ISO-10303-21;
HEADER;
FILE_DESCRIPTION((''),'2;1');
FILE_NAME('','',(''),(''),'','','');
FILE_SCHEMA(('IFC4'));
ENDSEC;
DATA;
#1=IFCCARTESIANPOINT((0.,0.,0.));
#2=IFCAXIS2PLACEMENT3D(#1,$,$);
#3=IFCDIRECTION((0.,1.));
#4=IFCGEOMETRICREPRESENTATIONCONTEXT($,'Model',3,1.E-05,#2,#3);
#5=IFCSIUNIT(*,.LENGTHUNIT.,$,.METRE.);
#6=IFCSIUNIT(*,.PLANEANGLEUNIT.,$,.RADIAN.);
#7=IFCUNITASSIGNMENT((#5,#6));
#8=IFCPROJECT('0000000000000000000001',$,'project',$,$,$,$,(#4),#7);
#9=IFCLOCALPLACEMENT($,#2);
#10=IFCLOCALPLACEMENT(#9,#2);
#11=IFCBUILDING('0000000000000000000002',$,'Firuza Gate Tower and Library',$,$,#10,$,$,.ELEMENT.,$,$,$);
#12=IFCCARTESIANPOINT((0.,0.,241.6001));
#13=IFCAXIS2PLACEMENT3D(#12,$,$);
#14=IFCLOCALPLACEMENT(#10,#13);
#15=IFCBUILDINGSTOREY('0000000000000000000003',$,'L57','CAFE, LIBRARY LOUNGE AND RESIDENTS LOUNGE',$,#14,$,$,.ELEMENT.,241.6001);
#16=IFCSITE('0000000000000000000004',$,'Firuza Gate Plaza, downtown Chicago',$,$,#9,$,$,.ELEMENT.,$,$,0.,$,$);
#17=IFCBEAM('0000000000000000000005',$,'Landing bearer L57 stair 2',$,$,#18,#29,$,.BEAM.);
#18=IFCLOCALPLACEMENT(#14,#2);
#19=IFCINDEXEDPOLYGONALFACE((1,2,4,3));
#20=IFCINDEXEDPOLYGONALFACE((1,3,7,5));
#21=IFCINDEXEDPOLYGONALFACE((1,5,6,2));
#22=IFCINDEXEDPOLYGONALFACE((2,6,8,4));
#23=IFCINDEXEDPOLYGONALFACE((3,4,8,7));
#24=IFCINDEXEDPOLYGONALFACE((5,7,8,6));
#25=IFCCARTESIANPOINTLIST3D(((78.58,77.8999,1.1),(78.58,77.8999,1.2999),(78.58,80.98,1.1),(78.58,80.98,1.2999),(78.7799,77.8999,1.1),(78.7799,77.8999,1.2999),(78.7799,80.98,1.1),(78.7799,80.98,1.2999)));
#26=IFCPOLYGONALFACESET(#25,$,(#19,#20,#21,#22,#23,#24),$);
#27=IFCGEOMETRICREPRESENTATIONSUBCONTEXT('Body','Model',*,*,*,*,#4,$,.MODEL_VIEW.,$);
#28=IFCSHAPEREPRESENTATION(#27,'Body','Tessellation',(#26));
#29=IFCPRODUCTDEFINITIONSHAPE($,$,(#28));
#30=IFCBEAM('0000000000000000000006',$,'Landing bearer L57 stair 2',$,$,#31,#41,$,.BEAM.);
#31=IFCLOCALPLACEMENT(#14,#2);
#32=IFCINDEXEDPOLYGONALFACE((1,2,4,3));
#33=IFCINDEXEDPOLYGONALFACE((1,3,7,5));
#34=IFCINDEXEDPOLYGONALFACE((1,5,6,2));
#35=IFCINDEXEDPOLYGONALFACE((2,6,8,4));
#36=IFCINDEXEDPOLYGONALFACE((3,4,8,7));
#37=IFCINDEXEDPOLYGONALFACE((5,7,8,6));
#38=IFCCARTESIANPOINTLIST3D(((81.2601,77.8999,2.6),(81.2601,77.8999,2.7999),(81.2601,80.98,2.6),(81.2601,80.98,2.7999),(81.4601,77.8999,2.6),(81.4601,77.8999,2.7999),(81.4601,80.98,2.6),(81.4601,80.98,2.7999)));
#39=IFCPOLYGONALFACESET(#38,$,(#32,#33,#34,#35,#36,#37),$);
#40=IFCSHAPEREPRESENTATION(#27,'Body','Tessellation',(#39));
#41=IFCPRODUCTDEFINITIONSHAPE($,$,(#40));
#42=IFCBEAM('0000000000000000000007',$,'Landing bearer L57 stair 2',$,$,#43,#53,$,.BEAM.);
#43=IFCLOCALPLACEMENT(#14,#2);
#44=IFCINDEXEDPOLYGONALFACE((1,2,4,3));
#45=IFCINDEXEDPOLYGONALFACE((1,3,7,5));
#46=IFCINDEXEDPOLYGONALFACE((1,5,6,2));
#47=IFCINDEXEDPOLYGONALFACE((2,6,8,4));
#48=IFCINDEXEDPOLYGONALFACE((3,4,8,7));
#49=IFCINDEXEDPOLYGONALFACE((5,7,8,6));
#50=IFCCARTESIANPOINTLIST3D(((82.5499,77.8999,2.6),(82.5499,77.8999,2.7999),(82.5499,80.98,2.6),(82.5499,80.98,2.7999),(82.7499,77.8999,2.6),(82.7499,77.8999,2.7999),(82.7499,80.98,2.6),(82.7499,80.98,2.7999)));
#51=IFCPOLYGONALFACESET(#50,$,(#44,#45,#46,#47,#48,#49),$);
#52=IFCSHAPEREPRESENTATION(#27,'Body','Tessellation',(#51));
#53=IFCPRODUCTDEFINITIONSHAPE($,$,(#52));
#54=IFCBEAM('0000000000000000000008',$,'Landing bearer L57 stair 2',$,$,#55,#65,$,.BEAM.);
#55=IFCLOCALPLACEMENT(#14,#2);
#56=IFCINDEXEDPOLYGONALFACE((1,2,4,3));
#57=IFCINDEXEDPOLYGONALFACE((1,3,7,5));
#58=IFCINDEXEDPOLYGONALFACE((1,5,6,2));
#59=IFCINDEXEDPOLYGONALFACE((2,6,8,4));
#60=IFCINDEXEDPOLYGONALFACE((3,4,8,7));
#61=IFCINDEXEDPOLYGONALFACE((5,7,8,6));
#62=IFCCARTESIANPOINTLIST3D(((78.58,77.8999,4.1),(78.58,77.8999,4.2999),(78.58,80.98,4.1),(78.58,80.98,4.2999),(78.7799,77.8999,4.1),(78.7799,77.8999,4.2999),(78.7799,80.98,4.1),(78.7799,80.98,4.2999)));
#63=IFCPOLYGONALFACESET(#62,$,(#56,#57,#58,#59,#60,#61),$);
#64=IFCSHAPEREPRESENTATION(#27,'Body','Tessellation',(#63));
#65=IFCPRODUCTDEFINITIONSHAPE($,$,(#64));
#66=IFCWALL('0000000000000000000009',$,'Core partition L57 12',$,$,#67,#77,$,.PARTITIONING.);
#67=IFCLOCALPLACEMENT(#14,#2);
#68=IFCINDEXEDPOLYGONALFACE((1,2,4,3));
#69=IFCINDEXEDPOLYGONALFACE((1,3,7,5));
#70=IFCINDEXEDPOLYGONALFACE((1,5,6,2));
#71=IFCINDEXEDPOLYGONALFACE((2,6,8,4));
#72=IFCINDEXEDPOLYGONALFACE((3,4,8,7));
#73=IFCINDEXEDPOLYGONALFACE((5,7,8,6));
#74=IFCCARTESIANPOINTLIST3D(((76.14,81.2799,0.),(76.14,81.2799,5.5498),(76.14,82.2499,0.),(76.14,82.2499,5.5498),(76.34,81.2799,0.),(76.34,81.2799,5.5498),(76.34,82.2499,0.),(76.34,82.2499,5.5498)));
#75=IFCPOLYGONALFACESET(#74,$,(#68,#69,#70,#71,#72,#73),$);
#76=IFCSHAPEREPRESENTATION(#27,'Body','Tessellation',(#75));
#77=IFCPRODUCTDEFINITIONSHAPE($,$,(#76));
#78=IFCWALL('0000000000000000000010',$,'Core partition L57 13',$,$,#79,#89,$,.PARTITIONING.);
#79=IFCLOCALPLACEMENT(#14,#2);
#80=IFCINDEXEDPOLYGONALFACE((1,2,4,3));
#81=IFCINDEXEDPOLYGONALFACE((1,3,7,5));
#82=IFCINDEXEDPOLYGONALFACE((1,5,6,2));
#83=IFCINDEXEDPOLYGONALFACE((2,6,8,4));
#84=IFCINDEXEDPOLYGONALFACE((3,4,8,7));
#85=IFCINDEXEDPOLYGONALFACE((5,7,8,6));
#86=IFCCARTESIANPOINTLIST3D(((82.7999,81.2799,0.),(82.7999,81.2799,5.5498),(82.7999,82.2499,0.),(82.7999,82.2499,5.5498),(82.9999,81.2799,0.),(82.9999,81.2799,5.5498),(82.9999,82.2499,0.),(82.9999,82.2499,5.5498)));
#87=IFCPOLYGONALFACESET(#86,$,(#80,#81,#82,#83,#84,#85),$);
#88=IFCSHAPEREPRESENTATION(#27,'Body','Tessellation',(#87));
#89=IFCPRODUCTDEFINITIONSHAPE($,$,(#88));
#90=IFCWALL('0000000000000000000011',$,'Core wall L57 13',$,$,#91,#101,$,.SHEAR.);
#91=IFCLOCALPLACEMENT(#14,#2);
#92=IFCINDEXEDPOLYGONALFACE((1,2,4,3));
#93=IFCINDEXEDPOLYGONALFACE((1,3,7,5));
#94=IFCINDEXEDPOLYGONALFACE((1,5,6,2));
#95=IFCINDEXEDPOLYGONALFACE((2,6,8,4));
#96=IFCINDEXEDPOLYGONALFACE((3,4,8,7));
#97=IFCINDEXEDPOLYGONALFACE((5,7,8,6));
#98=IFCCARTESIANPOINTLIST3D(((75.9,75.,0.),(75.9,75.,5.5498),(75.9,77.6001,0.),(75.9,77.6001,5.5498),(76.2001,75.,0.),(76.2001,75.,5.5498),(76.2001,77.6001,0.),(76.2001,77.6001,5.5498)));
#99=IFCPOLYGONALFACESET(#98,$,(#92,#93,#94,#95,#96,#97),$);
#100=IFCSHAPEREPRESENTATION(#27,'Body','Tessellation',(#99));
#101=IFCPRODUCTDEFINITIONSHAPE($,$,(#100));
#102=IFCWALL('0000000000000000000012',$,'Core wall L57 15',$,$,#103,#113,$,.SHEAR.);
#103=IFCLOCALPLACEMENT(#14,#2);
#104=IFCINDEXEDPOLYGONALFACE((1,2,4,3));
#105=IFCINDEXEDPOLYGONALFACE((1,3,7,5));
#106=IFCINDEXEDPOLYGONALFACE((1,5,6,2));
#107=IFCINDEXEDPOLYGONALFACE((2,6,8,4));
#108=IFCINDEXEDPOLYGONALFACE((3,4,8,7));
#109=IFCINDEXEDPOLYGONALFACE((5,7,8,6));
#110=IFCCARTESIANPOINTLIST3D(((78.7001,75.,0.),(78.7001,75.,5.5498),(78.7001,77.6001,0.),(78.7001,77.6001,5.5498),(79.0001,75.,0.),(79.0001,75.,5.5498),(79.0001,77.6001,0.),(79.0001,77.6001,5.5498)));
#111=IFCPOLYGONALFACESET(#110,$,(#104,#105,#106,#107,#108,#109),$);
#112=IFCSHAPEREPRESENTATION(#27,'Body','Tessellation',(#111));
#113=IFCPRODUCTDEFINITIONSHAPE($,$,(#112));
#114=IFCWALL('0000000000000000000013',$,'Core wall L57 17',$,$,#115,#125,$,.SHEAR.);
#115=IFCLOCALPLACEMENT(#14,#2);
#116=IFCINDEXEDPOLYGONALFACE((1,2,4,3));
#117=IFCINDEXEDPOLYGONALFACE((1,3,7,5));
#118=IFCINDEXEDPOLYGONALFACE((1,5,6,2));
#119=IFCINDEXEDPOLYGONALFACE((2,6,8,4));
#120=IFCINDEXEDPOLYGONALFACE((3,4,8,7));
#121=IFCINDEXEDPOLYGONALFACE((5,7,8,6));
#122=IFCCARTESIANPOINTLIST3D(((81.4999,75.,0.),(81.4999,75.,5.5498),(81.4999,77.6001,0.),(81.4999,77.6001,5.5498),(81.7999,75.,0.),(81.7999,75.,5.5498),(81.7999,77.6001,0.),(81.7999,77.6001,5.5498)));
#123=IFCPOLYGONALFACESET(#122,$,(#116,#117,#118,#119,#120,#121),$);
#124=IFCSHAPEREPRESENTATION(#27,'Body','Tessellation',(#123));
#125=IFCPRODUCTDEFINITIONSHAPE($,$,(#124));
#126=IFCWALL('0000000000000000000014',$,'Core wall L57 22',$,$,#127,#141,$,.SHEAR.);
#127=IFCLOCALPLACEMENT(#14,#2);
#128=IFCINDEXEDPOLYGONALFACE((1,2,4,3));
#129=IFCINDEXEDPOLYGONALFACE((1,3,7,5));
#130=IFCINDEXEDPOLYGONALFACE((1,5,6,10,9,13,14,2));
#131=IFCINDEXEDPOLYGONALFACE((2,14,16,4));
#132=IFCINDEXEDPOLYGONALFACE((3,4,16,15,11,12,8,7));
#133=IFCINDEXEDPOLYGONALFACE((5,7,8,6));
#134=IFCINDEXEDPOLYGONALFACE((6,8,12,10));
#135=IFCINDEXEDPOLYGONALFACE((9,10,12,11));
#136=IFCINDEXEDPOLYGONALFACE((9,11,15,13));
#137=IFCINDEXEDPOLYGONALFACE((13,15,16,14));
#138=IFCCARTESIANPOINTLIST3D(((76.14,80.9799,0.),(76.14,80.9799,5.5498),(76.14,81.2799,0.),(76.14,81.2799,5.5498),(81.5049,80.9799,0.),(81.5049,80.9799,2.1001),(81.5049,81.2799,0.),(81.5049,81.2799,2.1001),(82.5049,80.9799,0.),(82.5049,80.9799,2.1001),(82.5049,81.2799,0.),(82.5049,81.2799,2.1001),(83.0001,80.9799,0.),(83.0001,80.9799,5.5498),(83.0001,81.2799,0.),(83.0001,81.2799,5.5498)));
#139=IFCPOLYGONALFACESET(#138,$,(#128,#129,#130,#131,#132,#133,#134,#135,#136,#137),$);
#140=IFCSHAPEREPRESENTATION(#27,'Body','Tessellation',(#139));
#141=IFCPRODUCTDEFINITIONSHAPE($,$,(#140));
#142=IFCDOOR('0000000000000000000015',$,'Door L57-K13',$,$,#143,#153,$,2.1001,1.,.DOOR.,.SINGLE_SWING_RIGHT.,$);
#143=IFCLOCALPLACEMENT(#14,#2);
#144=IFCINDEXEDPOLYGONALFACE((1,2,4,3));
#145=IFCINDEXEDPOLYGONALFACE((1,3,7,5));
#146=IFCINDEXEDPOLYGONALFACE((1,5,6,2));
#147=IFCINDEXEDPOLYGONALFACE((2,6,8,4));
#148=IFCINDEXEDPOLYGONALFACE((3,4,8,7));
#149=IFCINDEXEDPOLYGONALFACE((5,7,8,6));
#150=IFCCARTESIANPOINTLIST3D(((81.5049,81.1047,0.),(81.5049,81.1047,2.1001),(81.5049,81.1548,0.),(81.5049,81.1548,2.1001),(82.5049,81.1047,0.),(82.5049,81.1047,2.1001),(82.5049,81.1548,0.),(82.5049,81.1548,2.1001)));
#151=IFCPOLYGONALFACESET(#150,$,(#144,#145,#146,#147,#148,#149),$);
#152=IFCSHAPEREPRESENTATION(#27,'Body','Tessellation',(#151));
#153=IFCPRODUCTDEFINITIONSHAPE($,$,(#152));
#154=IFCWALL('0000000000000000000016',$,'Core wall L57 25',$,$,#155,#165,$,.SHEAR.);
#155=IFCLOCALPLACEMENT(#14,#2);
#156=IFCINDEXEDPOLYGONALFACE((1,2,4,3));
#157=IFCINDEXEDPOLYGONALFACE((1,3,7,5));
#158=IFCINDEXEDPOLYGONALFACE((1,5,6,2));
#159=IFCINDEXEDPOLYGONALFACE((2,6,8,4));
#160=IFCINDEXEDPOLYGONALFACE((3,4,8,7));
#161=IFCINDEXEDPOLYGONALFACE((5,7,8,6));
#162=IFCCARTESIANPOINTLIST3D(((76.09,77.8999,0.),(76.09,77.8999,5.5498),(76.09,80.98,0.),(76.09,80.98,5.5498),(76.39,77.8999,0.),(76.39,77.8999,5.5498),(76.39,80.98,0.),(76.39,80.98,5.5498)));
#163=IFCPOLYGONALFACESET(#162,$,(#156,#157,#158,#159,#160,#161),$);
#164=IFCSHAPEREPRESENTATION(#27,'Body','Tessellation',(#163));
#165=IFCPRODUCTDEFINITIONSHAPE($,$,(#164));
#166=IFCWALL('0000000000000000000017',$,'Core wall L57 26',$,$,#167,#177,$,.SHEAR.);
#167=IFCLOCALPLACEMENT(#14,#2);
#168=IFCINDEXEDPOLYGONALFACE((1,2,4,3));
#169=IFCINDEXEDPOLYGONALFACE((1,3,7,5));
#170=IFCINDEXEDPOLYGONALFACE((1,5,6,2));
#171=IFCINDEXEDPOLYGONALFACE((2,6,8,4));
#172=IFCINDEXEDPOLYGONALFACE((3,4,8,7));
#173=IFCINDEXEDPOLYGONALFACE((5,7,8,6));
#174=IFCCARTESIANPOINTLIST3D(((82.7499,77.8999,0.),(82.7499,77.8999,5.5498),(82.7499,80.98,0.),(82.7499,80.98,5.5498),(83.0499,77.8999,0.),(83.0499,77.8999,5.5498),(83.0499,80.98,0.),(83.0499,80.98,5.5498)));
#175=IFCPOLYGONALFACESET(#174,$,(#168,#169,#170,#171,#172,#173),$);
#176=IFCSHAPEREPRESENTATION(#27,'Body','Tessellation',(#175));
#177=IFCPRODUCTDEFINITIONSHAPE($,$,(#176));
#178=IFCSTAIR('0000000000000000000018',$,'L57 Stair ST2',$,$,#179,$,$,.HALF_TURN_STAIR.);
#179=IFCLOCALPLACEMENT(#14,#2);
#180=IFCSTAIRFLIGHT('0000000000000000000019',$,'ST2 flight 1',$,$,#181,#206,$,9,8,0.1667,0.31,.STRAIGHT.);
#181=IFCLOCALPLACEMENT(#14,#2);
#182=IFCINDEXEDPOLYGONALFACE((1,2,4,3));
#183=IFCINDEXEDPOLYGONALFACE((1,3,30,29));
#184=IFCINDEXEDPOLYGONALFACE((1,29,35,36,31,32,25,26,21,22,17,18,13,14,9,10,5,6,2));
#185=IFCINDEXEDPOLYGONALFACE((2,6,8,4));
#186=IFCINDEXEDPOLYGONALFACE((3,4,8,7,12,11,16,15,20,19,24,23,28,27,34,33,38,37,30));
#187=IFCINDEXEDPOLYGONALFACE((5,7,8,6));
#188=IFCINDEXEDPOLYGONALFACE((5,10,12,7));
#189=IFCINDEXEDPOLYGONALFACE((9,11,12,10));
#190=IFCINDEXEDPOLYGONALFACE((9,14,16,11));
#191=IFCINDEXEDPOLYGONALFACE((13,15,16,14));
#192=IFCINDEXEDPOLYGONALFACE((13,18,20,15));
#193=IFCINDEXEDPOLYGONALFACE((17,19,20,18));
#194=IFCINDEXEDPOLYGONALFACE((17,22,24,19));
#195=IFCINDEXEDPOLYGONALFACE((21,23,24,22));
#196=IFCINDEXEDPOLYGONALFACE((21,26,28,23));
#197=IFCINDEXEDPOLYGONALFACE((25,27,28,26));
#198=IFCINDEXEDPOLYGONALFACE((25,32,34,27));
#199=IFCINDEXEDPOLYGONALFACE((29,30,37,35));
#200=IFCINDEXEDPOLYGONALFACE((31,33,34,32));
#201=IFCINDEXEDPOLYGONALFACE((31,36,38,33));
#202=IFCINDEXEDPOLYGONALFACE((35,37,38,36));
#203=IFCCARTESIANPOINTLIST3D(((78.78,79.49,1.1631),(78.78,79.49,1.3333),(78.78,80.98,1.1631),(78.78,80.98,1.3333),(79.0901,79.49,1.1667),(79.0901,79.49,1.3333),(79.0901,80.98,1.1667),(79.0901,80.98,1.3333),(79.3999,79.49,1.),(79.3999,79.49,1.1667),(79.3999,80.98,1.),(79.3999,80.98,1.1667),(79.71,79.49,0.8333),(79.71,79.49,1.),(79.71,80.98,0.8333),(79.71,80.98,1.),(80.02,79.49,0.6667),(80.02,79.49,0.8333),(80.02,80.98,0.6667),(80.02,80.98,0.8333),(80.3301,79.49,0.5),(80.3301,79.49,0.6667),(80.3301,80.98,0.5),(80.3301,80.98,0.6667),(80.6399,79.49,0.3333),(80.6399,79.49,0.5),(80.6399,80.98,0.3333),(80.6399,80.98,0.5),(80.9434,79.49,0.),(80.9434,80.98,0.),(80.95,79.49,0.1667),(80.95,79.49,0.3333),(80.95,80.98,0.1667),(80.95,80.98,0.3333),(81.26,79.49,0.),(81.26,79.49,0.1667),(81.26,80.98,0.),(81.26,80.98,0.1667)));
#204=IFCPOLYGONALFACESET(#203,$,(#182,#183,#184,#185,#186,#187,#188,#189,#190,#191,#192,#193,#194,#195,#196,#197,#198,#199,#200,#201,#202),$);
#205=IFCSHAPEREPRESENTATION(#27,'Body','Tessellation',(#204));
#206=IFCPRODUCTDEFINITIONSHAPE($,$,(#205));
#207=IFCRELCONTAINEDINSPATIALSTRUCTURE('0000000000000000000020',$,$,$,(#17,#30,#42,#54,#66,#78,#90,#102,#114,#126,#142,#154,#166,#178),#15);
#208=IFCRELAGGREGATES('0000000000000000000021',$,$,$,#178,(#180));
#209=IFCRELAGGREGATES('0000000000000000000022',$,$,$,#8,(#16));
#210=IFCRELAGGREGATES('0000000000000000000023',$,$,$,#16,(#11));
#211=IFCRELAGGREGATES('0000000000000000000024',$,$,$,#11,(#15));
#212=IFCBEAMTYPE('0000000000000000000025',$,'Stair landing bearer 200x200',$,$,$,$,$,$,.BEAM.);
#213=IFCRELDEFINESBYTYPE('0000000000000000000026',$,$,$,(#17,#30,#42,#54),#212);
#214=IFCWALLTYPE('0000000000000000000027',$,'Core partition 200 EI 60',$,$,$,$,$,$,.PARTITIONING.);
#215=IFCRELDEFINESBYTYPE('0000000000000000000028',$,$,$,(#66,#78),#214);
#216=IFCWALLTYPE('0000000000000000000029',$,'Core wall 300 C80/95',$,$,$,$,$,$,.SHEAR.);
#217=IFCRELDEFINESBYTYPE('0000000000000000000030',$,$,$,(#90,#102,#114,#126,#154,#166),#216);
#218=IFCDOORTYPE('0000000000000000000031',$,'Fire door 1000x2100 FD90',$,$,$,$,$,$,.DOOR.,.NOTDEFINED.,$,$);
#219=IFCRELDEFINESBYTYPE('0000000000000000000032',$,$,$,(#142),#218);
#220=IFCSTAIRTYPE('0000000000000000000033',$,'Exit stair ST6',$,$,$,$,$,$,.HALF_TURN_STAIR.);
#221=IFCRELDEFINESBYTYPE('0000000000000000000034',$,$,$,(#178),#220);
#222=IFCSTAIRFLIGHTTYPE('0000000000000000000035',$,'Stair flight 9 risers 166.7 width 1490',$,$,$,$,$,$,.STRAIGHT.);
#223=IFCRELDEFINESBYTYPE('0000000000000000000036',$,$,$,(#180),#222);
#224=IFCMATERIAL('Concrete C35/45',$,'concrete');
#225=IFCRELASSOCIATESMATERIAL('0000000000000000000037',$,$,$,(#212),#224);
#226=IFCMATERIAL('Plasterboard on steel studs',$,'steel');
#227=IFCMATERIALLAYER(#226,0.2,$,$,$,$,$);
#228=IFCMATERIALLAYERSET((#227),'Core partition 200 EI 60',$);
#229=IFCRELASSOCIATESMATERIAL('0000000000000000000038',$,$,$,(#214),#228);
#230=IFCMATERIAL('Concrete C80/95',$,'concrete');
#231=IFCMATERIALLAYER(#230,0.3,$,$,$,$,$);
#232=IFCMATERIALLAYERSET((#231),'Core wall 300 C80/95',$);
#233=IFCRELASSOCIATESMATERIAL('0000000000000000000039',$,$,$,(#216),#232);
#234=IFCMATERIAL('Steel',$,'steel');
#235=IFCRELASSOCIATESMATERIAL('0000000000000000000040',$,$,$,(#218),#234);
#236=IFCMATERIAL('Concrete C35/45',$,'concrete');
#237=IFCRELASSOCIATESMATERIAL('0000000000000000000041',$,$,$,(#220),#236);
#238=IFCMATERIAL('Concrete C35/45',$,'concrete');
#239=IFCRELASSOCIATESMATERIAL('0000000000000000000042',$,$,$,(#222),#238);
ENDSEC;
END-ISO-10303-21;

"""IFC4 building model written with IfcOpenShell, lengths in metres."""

from ifc_helpers import new_model, si_unit, direction, frame, frame_2d, origin, origin_2d, place, context, subcontext, project, spatial, polyline, rectangle, outline, extrude, material, layer, layer_set, material_profile, profile_set, type_object, element, fill, aggregate, save


model = new_model("IFC4")

# Units and contexts
model_context = context("Model", 3, precision=1e-05, world=origin(), true_north=direction((0.0, 1.0)))
body_context = subcontext(model_context, "Body", "Model", "MODEL_VIEW")
ifc_project = project(units=[si_unit("LENGTHUNIT", "METRE"), si_unit("PLANEANGLEUNIT", "RADIAN")], contexts=[model_context])

# Site, building, storey
site_placement = place(None, origin())
site = spatial("IfcSite", under=ifc_project, at=site_placement, Name="Firuza Gate Plaza, downtown Chicago", CompositionType="ELEMENT", RefElevation=0.0)
building_placement = place(site_placement, origin())
building = spatial("IfcBuilding", under=site, at=building_placement, Name="Firuza Gate Tower and Library", CompositionType="ELEMENT")
storey_placement = place(building_placement, frame((0.0, 0.0, 241.6001)))
storey = spatial("IfcBuildingStorey", under=building, at=storey_placement, Name="L57", Description="CAFE, LIBRARY LOUNGE AND RESIDENTS LOUNGE", CompositionType="ELEMENT", Elevation=241.6001)

# Beams
ifc_material_1 = material(Name="Concrete C35/45", Category="concrete")
ifc_material_profile = material_profile(ifc_material_1, rectangle(XDim=0.2, YDim=0.2, at=origin_2d()))
ifc_profile_set = profile_set([ifc_material_profile], Name="Concrete C35/45")
beam_type = type_object("IfcBeamType", Name="Stair landing bearer 200x200", PredefinedType="BEAM", material=ifc_profile_set)
for number, where, z_axis, x_axis, name in (
    (1, (78.6799, 80.98, 1.2), (0.0, -1.0, 0.0), (1.0, 0.0, 0.0), "Landing bearer L57 stair 2"),
    (2, (81.3601, 80.98, 2.7), (0.0, -1.0, 0.0), (1.0, 0.0, 0.0), "Landing bearer L57 stair 2"),
    (3, (82.6499, 80.98, 2.7), (0.0, -1.0, 0.0), (1.0, 0.0, 0.0), "Landing bearer L57 stair 2"),
    (4, (78.6799, 80.98, 4.2), (0.0, -1.0, 0.0), (1.0, 0.0, 0.0), "Landing bearer L57 stair 2"),
):
    element("IfcBeam", number, at=place(storey_placement, frame(where, z_axis=z_axis, x_axis=x_axis)), inside=storey, type_object=beam_type, Name=name, PredefinedType="BEAM", context=body_context, shape_type="SweptSolid", body=[
        extrude(rectangle(XDim=0.2, YDim=0.2, at=origin_2d()), origin(), (0.0, 0.0, 1.0), 3.0801),
    ])

# Walls
ifc_material_2 = material(Name="Plasterboard on steel studs", Category="steel")
ifc_layer_1 = layer(ifc_material_2, 0.2)
ifc_layer_set_1 = layer_set([ifc_layer_1], Name="Core partition 200 EI 60")
wall_type_1 = type_object("IfcWallType", Name="Core partition 200 EI 60", PredefinedType="PARTITIONING", material=ifc_layer_set_1)
for number, where, z_axis, x_axis, name in (
    (5, (76.24, 81.28, 0.0), (0.0, 0.0, 1.0), (0.0, 1.0, 0.0), "Core partition L57 12"),
    (6, (82.8999, 81.28, 0.0), (0.0, 0.0, 1.0), (0.0, 1.0, 0.0), "Core partition L57 13"),
):
    element("IfcWall", number, at=place(storey_placement, frame(where, z_axis=z_axis, x_axis=x_axis)), inside=storey, type_object=wall_type_1, Name=name, PredefinedType="PARTITIONING", context=body_context, shape_type="SweptSolid", body=[
        extrude(rectangle(XDim=0.97, YDim=0.2, at=frame_2d((0.4849, 0.0))), origin(), (0.0, 0.0, 1.0), 5.5498),
    ])
ifc_material_3 = material(Name="Concrete C80/95", Category="concrete")
ifc_layer_2 = layer(ifc_material_3, 0.3)
ifc_layer_set_2 = layer_set([ifc_layer_2], Name="Core wall 300 C80/95")
wall_type_2 = type_object("IfcWallType", Name="Core wall 300 C80/95", PredefinedType="SHEAR", material=ifc_layer_set_2)
for number, where, z_axis, x_axis, name in (
    (7, (76.05, 75.0, 0.0), (0.0, 0.0, 1.0), (0.0, 1.0, 0.0), "Core wall L57 13"),
    (8, (78.8501, 75.0, 0.0), (0.0, 0.0, 1.0), (0.0, 1.0, 0.0), "Core wall L57 15"),
    (9, (81.6499, 75.0, 0.0), (0.0, 0.0, 1.0), (0.0, 1.0, 0.0), "Core wall L57 17"),
):
    element("IfcWall", number, at=place(storey_placement, frame(where, z_axis=z_axis, x_axis=x_axis)), inside=storey, type_object=wall_type_2, Name=name, PredefinedType="SHEAR", context=body_context, shape_type="SweptSolid", body=[
        extrude(rectangle(XDim=2.6001, YDim=0.3, at=frame_2d((1.3, 0.0))), origin(), (0.0, 0.0, 1.0), 5.5498),
    ])

# Wall, opening, door
wall_placement = place(storey_placement, frame((76.1399, 81.1299, 0.0), z_axis=(0.0, 0.0, 1.0), x_axis=(1.0, 0.0, 0.0)))
wall = element("IfcWall", 10, at=wall_placement, inside=storey, type_object=wall_type_2, Name="Core wall L57 22", PredefinedType="SHEAR", context=body_context, shape_type="SweptSolid", body=[
    extrude(rectangle(XDim=6.8601, YDim=0.3, at=frame_2d((3.4302, 0.0))), origin(), (0.0, 0.0, 1.0), 5.5498),
])
opening_placement = place(wall_placement, frame((5.365, 0.0, 0.0)))
opening = element("IfcOpeningElement", 11, at=opening_placement, cuts=wall, PredefinedType="OPENING", context=body_context, shape_type="SweptSolid", body=[
    extrude(rectangle(XDim=1.0, YDim=2.1001, at=frame_2d((0.5, 1.05))), frame((0.0, 0.1602, 0.0), z_axis=(0.0, -1.0, 0.0), x_axis=(1.0, 0.0, 0.0)), (0.0, 0.0, 1.0), 0.3201),
])
ifc_material_4 = material(Name="Steel", Category="steel")
door_type = type_object("IfcDoorType", Name="Fire door 1000x2100 FD90", OperationType="NOTDEFINED", PredefinedType="DOOR", material=ifc_material_4)
door_placement = place(opening_placement, origin())
door = element("IfcDoor", 12, at=door_placement, inside=storey, type_object=door_type, Name="Door L57-K13", OperationType="SINGLE_SWING_RIGHT", OverallHeight=2.1001, OverallWidth=1.0, PredefinedType="DOOR", context=body_context, shape_type="SweptSolid", body=[
    extrude(rectangle(XDim=1.0, YDim=2.1001, at=frame_2d((0.5, 1.05))), frame((0.0, 0.0249, 0.0), z_axis=(0.0, -1.0, 0.0), x_axis=(1.0, 0.0, 0.0)), (0.0, 0.0, 1.0), 0.05),
])
fill(opening, door)

# Walls
for number, where, z_axis, x_axis, name in (
    (13, (76.24, 77.8999, 0.0), (0.0, 0.0, 1.0), (0.0, 1.0, 0.0), "Core wall L57 25"),
    (14, (82.8999, 77.8999, 0.0), (0.0, 0.0, 1.0), (0.0, 1.0, 0.0), "Core wall L57 26"),
):
    element("IfcWall", number, at=place(storey_placement, frame(where, z_axis=z_axis, x_axis=x_axis)), inside=storey, type_object=wall_type_2, Name=name, PredefinedType="SHEAR", context=body_context, shape_type="SweptSolid", body=[
        extrude(rectangle(XDim=3.0801, YDim=0.3, at=frame_2d((1.54, 0.0))), origin(), (0.0, 0.0, 1.0), 5.5498),
    ])

# Stair, stair flight
ifc_material_5 = material(Name="Concrete C35/45", Category="concrete")
stair_type = type_object("IfcStairType", Name="Exit stair ST6", PredefinedType="HALF_TURN_STAIR", material=ifc_material_5)
stair_placement = place(storey_placement, origin())
stair = element("IfcStair", 15, at=stair_placement, inside=storey, type_object=stair_type, Name="L57 Stair ST2", PredefinedType="HALF_TURN_STAIR")
ifc_material_6 = material(Name="Concrete C35/45", Category="concrete")
stair_flight_type = type_object("IfcStairFlightType", Name="Stair flight 9 risers 166.7 width 1490", PredefinedType="STRAIGHT", material=ifc_material_6)
stair_flight_1_placement = place(storey_placement, frame((81.26, 80.2351, 0.0), z_axis=(0.0, 0.0, 1.0), x_axis=(-1.0, 0.0, 0.0)))
stair_flight_1 = element("IfcStairFlight", 16, at=stair_flight_1_placement, type_object=stair_flight_type, Name="ST2 flight 1", NumberOfRisers=9, NumberOfTreads=8, PredefinedType="STRAIGHT", RiserHeight=0.1667, TreadLength=0.31, context=body_context, shape_type="SweptSolid", body=[
    extrude(outline(polyline([(0.0, 0.0), (0.0, 0.1667), (0.3101, 0.1667), (0.3101, 0.3333), (0.6201, 0.3333), (0.6201, 0.5), (0.9299, 0.5), (0.9299, 0.6667), (1.24, 0.6667), (1.24, 0.8333), (1.55, 0.8333), (1.55, 1.0), (1.8601, 1.0), (1.8601, 1.1667), (2.1699, 1.1667), (2.1699, 1.3333), (2.48, 1.3333), (2.48, 1.5), (2.48, 1.1631), (0.3167, 0.0), (0.0, 0.0)])), frame((0.0, 0.7451, 0.0), z_axis=(0.0, -1.0, 0.0), x_axis=(1.0, 0.0, 0.0)), (0.0, 0.0, 1.0), 1.49),
])
aggregate(stair, [stair_flight_1])

save(model, "model.ifc")
